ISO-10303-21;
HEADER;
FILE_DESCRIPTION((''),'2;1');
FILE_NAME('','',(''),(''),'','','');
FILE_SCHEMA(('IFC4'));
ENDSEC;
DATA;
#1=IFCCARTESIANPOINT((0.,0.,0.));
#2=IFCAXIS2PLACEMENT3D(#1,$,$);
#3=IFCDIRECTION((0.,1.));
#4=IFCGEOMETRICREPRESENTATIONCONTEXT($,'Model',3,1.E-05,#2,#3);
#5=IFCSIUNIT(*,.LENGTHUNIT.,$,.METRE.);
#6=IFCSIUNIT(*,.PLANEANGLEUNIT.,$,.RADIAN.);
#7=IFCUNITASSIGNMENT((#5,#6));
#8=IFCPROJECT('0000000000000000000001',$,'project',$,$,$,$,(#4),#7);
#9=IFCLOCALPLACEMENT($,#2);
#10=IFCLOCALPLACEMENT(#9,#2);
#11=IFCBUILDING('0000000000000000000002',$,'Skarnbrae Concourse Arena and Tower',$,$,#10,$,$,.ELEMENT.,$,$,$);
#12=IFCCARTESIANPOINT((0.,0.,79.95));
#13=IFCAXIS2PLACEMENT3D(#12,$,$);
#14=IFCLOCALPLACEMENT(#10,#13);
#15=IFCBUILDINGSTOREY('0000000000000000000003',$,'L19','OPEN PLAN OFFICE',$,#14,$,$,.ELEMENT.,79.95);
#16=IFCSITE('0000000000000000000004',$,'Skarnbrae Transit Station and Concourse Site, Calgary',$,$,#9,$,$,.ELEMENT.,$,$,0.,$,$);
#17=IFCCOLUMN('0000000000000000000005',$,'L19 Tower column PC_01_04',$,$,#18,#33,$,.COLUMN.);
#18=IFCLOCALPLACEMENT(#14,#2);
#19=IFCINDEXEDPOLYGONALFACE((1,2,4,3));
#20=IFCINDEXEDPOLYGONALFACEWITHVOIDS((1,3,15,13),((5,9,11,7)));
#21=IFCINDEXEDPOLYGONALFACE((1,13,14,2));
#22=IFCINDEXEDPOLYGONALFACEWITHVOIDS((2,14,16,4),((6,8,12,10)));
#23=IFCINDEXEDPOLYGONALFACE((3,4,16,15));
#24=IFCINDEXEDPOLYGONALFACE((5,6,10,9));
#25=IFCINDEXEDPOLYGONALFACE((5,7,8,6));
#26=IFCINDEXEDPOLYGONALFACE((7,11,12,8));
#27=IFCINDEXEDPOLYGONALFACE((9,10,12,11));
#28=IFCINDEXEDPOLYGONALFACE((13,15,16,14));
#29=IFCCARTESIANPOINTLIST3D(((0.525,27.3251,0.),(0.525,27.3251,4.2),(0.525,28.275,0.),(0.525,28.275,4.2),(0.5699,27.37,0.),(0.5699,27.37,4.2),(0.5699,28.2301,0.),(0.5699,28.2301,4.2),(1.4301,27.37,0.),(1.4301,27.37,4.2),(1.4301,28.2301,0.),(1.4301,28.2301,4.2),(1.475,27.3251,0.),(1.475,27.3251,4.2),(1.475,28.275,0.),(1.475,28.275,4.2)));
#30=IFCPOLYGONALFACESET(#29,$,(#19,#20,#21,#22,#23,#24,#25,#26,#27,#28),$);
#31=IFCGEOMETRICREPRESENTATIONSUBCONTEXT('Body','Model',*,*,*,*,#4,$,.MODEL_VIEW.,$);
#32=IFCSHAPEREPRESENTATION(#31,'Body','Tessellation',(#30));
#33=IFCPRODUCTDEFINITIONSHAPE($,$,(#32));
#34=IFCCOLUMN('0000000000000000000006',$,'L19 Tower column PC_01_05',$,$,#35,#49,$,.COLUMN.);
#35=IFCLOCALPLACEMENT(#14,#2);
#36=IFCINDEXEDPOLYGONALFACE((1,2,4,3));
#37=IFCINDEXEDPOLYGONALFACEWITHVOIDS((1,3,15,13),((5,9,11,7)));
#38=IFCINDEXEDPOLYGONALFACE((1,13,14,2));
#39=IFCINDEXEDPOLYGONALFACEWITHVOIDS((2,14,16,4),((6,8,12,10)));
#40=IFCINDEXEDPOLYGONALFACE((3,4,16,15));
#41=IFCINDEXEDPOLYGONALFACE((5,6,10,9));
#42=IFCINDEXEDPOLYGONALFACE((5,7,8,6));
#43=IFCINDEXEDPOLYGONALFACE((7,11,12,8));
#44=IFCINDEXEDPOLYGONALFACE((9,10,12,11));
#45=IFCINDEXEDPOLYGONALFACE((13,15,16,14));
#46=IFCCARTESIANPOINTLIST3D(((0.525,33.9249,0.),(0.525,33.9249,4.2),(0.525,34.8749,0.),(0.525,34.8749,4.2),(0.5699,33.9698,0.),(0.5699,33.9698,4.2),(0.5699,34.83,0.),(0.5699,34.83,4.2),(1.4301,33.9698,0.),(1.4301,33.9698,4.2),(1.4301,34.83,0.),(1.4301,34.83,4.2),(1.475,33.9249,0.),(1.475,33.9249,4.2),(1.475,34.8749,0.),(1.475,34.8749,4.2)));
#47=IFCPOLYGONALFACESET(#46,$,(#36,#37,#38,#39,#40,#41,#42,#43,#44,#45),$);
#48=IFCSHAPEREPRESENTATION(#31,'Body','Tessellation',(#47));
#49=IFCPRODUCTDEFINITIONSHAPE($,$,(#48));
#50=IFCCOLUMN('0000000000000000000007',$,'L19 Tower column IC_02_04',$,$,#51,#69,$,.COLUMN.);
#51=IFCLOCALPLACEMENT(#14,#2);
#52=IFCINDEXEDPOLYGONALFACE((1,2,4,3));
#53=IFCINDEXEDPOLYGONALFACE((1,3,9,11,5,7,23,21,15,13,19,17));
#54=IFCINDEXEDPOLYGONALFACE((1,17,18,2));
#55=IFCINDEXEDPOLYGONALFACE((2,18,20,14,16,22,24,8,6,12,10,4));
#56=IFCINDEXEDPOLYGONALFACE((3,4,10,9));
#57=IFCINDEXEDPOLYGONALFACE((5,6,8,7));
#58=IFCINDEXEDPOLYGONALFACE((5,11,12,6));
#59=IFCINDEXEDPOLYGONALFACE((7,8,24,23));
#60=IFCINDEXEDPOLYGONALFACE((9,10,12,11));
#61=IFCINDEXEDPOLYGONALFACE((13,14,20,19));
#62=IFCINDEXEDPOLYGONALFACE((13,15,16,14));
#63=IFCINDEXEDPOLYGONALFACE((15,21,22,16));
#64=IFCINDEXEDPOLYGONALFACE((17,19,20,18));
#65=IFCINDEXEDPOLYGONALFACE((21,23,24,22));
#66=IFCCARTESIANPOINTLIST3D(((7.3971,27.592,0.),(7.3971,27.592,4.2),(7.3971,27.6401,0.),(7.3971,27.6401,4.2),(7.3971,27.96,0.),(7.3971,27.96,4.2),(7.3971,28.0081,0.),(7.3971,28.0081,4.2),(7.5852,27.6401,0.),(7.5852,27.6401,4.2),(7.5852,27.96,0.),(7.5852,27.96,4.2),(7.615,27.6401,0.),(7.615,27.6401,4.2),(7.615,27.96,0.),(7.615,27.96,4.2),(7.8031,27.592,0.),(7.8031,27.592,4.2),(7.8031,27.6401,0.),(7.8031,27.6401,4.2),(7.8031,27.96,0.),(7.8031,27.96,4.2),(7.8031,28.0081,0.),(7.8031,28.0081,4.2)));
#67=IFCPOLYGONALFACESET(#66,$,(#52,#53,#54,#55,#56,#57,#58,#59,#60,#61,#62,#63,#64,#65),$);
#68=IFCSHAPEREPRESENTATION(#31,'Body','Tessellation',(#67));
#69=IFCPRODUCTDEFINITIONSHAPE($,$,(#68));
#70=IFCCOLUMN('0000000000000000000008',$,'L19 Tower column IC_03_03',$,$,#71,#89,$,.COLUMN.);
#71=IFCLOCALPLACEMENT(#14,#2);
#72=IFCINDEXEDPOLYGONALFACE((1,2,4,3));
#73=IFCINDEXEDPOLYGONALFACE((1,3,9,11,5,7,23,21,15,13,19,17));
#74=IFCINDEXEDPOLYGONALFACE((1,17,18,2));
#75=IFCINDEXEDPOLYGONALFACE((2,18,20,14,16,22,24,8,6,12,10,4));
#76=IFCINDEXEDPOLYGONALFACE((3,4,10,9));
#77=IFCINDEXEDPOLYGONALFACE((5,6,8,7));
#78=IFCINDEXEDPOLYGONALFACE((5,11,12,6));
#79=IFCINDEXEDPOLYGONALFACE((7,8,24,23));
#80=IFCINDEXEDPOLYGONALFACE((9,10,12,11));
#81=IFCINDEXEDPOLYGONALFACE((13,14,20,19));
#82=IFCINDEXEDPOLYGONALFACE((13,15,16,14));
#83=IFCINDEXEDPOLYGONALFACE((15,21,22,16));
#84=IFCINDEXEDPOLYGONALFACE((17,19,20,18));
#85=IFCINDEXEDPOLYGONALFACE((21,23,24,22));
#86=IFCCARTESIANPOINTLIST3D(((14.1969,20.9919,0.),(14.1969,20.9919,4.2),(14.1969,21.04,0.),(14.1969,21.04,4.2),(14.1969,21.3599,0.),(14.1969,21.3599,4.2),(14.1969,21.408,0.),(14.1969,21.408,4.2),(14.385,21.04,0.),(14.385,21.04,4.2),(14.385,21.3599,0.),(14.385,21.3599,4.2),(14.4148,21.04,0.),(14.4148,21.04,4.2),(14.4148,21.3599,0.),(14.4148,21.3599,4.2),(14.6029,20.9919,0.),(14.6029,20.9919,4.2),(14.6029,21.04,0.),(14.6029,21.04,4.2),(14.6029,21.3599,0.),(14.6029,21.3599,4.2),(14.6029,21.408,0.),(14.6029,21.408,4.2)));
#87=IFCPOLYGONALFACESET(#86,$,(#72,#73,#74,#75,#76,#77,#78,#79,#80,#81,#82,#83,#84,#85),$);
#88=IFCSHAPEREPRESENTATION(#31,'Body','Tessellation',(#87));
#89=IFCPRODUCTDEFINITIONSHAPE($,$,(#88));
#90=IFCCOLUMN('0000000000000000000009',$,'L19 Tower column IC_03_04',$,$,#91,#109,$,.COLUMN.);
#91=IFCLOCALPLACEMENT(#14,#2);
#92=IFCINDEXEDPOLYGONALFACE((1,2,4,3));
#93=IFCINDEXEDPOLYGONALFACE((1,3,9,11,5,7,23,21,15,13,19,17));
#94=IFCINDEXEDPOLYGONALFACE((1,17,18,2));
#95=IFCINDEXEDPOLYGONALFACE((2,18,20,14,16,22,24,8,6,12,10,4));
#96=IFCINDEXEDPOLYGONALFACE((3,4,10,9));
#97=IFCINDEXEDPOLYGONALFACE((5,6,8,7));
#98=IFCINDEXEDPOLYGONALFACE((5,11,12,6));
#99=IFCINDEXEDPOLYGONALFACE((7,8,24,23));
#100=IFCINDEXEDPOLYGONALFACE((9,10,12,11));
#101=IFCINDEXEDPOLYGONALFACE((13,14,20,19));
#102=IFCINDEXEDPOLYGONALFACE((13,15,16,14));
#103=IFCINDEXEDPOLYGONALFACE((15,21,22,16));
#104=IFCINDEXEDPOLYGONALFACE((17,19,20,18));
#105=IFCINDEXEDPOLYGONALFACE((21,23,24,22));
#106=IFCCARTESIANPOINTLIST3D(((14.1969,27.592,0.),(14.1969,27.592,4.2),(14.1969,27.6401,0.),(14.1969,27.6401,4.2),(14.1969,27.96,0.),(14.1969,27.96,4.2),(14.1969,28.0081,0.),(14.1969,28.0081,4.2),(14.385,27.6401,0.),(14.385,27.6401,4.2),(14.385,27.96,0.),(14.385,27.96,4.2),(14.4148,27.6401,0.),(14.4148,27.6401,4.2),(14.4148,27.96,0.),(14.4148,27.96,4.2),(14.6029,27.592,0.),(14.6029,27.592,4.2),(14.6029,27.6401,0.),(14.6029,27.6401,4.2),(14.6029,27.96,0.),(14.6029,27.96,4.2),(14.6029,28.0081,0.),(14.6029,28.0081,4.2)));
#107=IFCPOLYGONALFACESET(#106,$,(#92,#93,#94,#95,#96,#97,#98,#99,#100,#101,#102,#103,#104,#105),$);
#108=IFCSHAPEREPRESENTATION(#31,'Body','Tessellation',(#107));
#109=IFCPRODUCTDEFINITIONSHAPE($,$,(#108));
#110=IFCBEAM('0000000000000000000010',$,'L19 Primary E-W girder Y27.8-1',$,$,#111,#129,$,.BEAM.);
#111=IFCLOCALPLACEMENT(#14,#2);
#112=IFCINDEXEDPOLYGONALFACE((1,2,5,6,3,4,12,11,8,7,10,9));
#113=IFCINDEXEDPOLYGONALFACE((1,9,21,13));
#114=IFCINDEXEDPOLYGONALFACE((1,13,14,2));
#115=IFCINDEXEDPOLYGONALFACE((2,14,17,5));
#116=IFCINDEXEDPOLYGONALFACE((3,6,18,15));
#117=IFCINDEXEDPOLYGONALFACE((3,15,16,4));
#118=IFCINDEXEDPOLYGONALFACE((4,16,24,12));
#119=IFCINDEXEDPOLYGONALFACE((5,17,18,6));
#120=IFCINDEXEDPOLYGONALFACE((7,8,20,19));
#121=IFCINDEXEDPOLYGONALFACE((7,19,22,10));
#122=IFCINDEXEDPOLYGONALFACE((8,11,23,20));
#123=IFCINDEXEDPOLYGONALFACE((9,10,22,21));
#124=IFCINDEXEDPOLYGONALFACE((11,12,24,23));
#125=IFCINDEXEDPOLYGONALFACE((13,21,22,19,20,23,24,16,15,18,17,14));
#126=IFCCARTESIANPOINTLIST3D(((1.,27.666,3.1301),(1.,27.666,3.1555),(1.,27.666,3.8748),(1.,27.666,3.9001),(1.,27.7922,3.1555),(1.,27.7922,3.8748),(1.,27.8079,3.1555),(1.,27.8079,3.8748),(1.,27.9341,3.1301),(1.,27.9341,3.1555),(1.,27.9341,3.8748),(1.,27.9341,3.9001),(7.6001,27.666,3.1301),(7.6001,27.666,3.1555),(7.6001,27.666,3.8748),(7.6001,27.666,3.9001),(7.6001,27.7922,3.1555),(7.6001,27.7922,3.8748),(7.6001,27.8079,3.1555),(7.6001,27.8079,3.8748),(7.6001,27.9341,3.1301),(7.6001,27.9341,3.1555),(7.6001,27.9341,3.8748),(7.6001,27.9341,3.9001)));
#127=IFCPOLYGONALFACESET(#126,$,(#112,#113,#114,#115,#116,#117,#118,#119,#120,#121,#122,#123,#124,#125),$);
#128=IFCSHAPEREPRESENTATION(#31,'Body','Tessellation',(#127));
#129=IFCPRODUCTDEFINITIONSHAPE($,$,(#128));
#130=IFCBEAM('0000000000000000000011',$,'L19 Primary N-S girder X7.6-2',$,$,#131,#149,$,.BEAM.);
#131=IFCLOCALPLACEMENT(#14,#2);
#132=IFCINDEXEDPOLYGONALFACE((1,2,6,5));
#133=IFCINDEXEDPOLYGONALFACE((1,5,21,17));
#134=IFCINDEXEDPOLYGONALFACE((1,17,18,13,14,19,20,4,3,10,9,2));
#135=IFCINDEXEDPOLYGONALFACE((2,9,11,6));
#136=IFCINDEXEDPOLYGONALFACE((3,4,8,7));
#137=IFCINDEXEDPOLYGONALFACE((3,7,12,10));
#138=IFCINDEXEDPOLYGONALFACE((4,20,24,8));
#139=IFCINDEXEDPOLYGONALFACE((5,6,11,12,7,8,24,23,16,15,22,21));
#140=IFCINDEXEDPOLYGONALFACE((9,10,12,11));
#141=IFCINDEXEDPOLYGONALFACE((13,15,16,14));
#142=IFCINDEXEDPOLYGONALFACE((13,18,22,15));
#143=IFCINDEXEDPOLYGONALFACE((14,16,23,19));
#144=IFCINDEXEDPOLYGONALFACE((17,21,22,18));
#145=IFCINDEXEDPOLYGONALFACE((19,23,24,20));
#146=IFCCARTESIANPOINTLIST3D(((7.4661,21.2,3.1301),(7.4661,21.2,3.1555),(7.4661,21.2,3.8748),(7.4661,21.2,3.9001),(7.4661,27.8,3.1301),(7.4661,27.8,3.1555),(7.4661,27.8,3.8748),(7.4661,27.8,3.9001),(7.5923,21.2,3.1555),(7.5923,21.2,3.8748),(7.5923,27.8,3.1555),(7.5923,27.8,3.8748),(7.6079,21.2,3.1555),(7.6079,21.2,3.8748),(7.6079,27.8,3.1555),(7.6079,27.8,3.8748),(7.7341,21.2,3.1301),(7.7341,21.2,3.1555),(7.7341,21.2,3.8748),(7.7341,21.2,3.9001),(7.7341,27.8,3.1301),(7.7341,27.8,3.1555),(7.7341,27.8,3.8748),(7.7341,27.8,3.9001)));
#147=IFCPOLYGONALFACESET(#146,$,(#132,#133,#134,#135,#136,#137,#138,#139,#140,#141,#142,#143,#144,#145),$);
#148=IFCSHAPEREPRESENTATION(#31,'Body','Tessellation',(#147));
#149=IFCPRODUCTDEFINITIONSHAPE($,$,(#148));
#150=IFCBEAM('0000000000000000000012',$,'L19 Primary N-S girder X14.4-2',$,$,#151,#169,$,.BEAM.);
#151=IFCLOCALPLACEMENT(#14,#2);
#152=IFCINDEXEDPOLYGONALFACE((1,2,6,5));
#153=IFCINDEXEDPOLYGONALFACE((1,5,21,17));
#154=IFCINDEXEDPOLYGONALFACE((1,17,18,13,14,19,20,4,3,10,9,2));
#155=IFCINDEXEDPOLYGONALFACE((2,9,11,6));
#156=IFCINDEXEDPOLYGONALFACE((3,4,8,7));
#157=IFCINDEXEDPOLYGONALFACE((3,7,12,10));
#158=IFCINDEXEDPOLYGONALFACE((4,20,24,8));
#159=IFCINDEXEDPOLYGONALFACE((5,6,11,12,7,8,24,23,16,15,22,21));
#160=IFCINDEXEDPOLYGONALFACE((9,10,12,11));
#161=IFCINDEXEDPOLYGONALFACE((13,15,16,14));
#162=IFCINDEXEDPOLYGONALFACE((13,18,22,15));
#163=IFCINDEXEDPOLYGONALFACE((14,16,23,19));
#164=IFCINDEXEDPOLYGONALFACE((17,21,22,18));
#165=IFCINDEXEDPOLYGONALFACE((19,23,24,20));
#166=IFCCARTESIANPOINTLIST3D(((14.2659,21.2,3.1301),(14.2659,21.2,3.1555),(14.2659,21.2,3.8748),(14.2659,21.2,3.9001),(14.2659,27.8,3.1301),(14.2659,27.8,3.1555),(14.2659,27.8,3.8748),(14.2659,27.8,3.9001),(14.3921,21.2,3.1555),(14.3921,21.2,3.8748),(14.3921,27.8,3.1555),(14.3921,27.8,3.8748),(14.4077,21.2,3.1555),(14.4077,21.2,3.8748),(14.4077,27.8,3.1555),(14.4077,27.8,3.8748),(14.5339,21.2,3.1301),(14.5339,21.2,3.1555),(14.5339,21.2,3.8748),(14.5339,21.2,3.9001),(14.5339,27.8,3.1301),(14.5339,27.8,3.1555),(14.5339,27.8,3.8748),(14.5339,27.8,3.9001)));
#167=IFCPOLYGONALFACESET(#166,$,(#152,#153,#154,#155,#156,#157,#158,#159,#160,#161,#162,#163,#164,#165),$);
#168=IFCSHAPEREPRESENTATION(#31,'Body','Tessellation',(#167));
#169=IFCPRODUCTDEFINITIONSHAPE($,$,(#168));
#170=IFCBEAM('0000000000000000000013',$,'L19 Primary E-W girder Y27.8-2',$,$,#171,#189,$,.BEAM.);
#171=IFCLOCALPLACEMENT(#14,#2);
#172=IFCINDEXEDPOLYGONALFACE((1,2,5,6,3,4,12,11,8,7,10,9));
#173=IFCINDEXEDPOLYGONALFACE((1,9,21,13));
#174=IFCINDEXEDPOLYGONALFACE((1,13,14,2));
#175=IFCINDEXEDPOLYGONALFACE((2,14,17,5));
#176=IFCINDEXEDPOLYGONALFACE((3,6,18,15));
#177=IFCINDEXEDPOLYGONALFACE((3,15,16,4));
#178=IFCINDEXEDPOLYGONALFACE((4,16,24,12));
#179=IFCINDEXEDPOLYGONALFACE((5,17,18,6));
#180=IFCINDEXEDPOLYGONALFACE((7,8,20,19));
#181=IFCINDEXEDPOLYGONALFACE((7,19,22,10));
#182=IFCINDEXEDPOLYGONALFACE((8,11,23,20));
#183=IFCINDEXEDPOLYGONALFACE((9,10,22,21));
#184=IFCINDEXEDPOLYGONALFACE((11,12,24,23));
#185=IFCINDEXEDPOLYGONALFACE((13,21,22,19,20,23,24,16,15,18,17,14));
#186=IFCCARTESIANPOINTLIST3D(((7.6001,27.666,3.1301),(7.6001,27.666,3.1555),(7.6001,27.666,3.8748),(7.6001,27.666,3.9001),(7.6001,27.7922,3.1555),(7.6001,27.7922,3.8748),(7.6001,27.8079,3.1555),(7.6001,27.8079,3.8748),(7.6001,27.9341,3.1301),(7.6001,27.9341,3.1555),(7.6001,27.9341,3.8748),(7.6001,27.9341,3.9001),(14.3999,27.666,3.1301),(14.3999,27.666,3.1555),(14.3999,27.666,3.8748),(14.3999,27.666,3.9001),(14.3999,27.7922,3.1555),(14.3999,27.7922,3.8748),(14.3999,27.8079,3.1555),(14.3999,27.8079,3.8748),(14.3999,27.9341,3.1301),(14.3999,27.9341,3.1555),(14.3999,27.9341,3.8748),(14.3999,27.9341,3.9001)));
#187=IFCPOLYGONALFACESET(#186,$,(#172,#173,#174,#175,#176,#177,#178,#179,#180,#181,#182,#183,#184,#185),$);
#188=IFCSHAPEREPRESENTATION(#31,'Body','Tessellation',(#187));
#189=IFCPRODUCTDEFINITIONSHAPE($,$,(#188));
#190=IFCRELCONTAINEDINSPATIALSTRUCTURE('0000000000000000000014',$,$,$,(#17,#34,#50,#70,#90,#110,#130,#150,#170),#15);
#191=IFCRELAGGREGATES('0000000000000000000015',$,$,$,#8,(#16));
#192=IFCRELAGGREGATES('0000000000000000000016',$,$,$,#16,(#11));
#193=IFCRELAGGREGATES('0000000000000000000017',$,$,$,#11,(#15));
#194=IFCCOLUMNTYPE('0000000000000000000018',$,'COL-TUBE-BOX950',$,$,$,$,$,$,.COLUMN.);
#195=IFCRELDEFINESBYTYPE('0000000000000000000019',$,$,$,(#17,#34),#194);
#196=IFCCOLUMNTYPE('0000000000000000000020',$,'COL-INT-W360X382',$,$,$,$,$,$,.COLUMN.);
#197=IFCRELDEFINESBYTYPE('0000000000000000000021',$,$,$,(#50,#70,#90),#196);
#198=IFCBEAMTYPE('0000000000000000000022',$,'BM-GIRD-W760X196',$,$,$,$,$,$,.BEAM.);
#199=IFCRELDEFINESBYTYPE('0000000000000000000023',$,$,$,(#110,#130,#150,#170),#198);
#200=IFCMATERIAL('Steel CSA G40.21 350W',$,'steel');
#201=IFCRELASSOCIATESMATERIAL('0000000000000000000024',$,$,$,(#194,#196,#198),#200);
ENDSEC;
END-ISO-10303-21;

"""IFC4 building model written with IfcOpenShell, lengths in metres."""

from ifc_helpers import new_model, si_unit, direction, frame, origin, origin_2d, place, context, subcontext, project, spatial, hollow_rectangle, i_section, extrude, source, transform, mapped, material, material_profile, profile_set, type_object, element, save


model = new_model("IFC4")

# Units and contexts
model_context = context("Model", 3, precision=1e-05, world=origin(), true_north=direction((0.0, 1.0)))
body_context = subcontext(model_context, "Body", "Model", "MODEL_VIEW")
ifc_project = project(units=[si_unit("LENGTHUNIT", "METRE"), si_unit("PLANEANGLEUNIT", "RADIAN")], contexts=[model_context])

# Site, building, storey
site_placement = place(None, origin())
site = spatial("IfcSite", under=ifc_project, at=site_placement, Name="Skarnbrae Transit Station and Concourse Site, Calgary", CompositionType="ELEMENT", RefElevation=0.0)
building_placement = place(site_placement, origin())
building = spatial("IfcBuilding", under=site, at=building_placement, Name="Skarnbrae Concourse Arena and Tower", CompositionType="ELEMENT")
storey_placement = place(building_placement, frame((0.0, 0.0, 79.95)))
storey = spatial("IfcBuildingStorey", under=building, at=storey_placement, Name="L19", Description="OPEN PLAN OFFICE", CompositionType="ELEMENT", Elevation=79.95)

# Columns
ifc_material_1 = material(Name="Steel CSA G40.21 350W", Category="steel")
ifc_material_profile_1 = material_profile(ifc_material_1, hollow_rectangle(XDim=0.95, YDim=0.95, WallThickness=0.0449, at=origin_2d()), Name="BOX950X950X45")
ifc_profile_set_1 = profile_set([ifc_material_profile_1], Name="Steel CSA G40.21 350W")
column_type_1 = type_object("IfcColumnType", Name="COL-TUBE-BOX950", PredefinedType="COLUMN", material=ifc_profile_set_1)
shared_shape_1 = source(origin(), body_context, "Body", "SweptSolid", [
    extrude(hollow_rectangle(XDim=0.95, YDim=0.95, WallThickness=0.0449, at=origin_2d()), origin(), (0.0, 0.0, 1.0), 4.2),
])
for number, where, z_axis, x_axis, name in (
    (1, (1.0, 27.8, 0.0), (0.0, 0.0, 1.0), (1.0, 0.0, 0.0), "L19 Tower column PC_01_04"),
    (2, (1.0, 34.3999, 0.0), (0.0, 0.0, 1.0), (1.0, 0.0, 0.0), "L19 Tower column PC_01_05"),
):
    element("IfcColumn", number, at=place(storey_placement, frame(where, z_axis=z_axis, x_axis=x_axis)), inside=storey, type_object=column_type_1, Name=name, PredefinedType="COLUMN", context=body_context, shape_type="MappedRepresentation", body=[
        mapped(shared_shape_1, transform((0.0, 0.0, 0.0))),
    ])
ifc_material_profile_2 = material_profile(ifc_material_1, i_section(OverallWidth=0.406, OverallDepth=0.416, WebThickness=0.0298, FlangeThickness=0.0481, at=origin_2d()), Name="W360X382")
ifc_profile_set_2 = profile_set([ifc_material_profile_2], Name="Steel CSA G40.21 350W")
column_type_2 = type_object("IfcColumnType", Name="COL-INT-W360X382", PredefinedType="COLUMN", material=ifc_profile_set_2)
shared_shape_2 = source(origin(), body_context, "Body", "SweptSolid", [
    extrude(i_section(OverallWidth=0.406, OverallDepth=0.416, WebThickness=0.0298, FlangeThickness=0.0481, at=origin_2d()), origin(), (0.0, 0.0, 1.0), 4.2),
])
for number, where, z_axis, x_axis, name in (
    (3, (7.6001, 27.8, 0.0), (0.0, 0.0, 1.0), (1.0, 0.0, 0.0), "L19 Tower column IC_02_04"),
    (4, (14.3999, 21.2, 0.0), (0.0, 0.0, 1.0), (1.0, 0.0, 0.0), "L19 Tower column IC_03_03"),
    (5, (14.3999, 27.8, 0.0), (0.0, 0.0, 1.0), (1.0, 0.0, 0.0), "L19 Tower column IC_03_04"),
):
    element("IfcColumn", number, at=place(storey_placement, frame(where, z_axis=z_axis, x_axis=x_axis)), inside=storey, type_object=column_type_2, Name=name, PredefinedType="COLUMN", context=body_context, shape_type="MappedRepresentation", body=[
        mapped(shared_shape_2, transform((0.0, 0.0, 0.0))),
    ])

# Beams
ifc_material_profile_3 = material_profile(ifc_material_1, i_section(OverallWidth=0.2681, OverallDepth=0.77, WebThickness=0.0156, FlangeThickness=0.0254, at=origin_2d()), Name="W760X196")
ifc_profile_set_3 = profile_set([ifc_material_profile_3], Name="Steel CSA G40.21 350W")
beam_type_1 = type_object("IfcBeamType", Name="BM-GIRD-W760X196", PredefinedType="BEAM", material=ifc_profile_set_3)
shared_shape_3 = source(origin(), body_context, "Body", "SweptSolid", [
    extrude(i_section(OverallWidth=0.2681, OverallDepth=0.77, WebThickness=0.0156, FlangeThickness=0.0254, at=origin_2d()), origin(), (0.0, 0.0, 1.0), 6.6001),
])
for number, where, z_axis, x_axis, name in (
    (6, (1.0, 27.8, 3.5151), (1.0, 0.0, 0.0), (0.0, 1.0, 0.0), "L19 Primary E-W girder Y27.8-1"),
    (7, (7.6001, 21.2, 3.5151), (0.0, 1.0, 0.0), (-1.0, 0.0, 0.0), "L19 Primary N-S girder X7.6-2"),
    (8, (14.3999, 21.2, 3.5151), (0.0, 1.0, 0.0), (-1.0, 0.0, 0.0), "L19 Primary N-S girder X14.4-2"),
):
    element("IfcBeam", number, at=place(storey_placement, frame(where, z_axis=z_axis, x_axis=x_axis)), inside=storey, type_object=beam_type_1, Name=name, PredefinedType="BEAM", context=body_context, shape_type="MappedRepresentation", body=[
        mapped(shared_shape_3, transform((0.0, 0.0, 0.0))),
    ])
shared_shape_4 = source(origin(), body_context, "Body", "SweptSolid", [
    extrude(i_section(OverallWidth=0.2681, OverallDepth=0.77, WebThickness=0.0156, FlangeThickness=0.0254, at=origin_2d()), origin(), (0.0, 0.0, 1.0), 6.7998),
])
beam_1_placement = place(storey_placement, frame((7.6001, 27.8, 3.5151), z_axis=(1.0, 0.0, 0.0), x_axis=(0.0, 1.0, 0.0)))
element("IfcBeam", 9, at=beam_1_placement, inside=storey, type_object=beam_type_1, Name="L19 Primary E-W girder Y27.8-2", PredefinedType="BEAM", context=body_context, shape_type="MappedRepresentation", body=[
    mapped(shared_shape_4, transform((0.0, 0.0, 0.0))),
])

save(model, "model.ifc")
